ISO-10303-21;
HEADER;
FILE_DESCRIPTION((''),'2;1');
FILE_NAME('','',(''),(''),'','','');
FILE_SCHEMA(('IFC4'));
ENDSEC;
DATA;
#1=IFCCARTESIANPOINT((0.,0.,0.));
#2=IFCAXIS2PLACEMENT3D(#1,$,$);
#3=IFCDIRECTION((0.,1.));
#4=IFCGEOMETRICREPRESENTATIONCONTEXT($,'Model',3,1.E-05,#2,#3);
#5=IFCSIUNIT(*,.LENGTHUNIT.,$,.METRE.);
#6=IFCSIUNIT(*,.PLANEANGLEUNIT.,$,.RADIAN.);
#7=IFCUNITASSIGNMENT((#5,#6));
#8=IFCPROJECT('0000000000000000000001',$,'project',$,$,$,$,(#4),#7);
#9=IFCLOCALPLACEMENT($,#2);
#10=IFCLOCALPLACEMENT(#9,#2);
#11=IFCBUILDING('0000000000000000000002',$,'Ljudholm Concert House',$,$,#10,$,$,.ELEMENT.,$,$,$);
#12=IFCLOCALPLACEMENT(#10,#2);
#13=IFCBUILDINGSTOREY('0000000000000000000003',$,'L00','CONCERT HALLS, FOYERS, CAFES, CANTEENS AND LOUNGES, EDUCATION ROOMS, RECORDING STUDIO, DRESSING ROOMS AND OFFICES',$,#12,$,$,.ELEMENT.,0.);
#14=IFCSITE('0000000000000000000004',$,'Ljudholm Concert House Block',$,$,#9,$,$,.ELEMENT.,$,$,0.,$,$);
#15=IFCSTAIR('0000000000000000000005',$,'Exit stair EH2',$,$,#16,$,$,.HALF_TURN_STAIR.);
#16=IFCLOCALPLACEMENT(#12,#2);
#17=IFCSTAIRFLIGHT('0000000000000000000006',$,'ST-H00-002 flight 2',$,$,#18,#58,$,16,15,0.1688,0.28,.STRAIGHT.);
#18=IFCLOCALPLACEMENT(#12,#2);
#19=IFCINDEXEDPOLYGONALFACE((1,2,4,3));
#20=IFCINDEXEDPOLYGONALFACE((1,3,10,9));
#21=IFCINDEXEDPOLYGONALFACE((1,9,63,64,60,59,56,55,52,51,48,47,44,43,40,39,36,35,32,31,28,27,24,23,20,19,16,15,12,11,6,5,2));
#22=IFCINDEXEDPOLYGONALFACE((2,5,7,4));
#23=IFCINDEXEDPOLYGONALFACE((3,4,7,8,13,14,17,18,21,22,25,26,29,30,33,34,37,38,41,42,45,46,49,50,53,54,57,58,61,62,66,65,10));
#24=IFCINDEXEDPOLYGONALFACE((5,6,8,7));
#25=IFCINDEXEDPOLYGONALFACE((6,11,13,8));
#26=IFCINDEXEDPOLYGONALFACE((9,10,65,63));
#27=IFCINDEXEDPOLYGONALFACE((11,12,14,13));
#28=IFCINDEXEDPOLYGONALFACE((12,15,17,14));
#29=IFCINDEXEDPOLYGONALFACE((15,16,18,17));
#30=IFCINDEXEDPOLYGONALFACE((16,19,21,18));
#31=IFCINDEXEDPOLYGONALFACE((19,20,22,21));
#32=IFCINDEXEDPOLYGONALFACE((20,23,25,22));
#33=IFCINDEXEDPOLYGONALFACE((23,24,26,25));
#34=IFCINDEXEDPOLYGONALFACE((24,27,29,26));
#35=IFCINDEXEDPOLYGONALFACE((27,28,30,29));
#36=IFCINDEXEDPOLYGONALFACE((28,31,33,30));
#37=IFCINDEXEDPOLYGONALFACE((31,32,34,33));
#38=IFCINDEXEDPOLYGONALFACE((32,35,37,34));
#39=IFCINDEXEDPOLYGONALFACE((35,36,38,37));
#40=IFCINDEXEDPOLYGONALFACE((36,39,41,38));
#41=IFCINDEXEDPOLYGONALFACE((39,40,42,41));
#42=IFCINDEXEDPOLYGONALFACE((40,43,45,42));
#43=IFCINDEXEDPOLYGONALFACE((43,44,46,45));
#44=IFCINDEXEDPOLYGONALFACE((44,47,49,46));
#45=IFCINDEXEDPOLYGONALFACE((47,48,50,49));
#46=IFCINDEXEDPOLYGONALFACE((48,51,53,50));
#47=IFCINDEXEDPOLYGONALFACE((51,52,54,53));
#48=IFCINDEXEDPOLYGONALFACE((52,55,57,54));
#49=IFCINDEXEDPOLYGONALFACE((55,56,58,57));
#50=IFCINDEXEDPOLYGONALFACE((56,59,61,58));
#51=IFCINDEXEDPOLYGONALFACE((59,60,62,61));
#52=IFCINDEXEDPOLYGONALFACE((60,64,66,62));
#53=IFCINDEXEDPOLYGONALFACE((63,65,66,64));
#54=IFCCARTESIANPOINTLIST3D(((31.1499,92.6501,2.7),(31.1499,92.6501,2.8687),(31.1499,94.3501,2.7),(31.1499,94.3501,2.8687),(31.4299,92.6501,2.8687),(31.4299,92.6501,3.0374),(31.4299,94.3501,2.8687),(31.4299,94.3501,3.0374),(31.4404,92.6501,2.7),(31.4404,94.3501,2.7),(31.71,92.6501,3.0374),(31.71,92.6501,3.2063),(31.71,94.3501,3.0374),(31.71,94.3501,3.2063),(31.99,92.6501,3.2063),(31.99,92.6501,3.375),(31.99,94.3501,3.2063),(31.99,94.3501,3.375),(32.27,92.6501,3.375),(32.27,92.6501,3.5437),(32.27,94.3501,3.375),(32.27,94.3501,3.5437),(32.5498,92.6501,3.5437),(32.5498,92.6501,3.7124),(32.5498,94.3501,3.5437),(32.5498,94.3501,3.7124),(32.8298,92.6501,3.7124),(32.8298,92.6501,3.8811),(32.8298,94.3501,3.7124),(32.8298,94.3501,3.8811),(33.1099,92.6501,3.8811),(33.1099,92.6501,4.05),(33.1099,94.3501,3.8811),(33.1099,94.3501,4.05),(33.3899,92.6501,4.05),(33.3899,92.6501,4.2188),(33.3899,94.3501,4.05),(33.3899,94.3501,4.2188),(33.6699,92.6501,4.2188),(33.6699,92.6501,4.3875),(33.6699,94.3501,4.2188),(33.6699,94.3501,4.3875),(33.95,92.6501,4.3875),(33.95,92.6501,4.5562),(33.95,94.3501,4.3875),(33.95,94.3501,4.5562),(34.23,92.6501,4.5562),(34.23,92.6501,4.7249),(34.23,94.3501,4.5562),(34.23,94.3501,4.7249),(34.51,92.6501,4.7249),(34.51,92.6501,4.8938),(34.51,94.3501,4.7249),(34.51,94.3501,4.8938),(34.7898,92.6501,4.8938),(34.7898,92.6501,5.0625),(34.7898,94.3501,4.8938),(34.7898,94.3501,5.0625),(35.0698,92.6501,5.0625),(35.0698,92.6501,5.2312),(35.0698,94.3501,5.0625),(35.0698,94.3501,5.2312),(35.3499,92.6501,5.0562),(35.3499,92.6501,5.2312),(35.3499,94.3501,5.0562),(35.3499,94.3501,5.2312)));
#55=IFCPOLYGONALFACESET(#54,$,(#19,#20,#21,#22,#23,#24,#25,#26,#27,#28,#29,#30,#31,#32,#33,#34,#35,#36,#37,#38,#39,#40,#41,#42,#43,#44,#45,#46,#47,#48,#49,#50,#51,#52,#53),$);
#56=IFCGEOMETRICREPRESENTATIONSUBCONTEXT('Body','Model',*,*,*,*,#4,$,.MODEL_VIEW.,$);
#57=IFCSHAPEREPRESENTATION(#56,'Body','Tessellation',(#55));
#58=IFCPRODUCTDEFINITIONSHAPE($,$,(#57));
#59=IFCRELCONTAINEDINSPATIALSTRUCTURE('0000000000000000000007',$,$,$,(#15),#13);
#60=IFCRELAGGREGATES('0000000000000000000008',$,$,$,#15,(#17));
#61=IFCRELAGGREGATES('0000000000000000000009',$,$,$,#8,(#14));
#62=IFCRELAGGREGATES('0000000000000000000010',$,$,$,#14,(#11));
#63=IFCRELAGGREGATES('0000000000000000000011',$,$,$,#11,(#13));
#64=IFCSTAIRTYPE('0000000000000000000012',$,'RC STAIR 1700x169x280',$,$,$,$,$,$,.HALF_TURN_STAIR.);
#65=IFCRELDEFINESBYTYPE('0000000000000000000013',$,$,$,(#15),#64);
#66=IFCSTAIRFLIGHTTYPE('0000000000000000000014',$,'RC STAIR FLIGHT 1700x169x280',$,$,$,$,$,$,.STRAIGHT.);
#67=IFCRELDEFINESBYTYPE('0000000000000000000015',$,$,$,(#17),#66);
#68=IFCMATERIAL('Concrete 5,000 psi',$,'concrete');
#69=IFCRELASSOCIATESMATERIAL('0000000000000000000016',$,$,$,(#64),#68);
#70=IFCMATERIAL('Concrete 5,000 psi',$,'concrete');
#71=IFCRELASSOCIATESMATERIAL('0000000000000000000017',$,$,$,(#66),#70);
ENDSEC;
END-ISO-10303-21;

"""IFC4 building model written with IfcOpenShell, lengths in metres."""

from ifc_helpers import new_model, si_unit, direction, frame, origin, place, context, subcontext, project, spatial, polyline, outline, extrude, material, type_object, element, aggregate, save


model = new_model("IFC4")

# Units and contexts
model_context = context("Model", 3, precision=1e-05, world=origin(), true_north=direction((0.0, 1.0)))
body_context = subcontext(model_context, "Body", "Model", "MODEL_VIEW")
ifc_project = project(units=[si_unit("LENGTHUNIT", "METRE"), si_unit("PLANEANGLEUNIT", "RADIAN")], contexts=[model_context])

# Site, building, storey
site_placement = place(None, origin())
site = spatial("IfcSite", under=ifc_project, at=site_placement, Name="Ljudholm Concert House Block", CompositionType="ELEMENT", RefElevation=0.0)
building_placement = place(site_placement, origin())
building = spatial("IfcBuilding", under=site, at=building_placement, Name="Ljudholm Concert House", CompositionType="ELEMENT")
storey_placement = place(building_placement, origin())
storey = spatial("IfcBuildingStorey", under=building, at=storey_placement, Name="L00", Description="CONCERT HALLS, FOYERS, CAFES, CANTEENS AND LOUNGES, EDUCATION ROOMS, RECORDING STUDIO, DRESSING ROOMS AND OFFICES", CompositionType="ELEMENT", Elevation=0.0)

# Stair, stair flight
ifc_material_1 = material(Name="Concrete 5,000 psi", Category="concrete")
stair_type = type_object("IfcStairType", Name="RC STAIR 1700x169x280", PredefinedType="HALF_TURN_STAIR", material=ifc_material_1)
stair_placement = place(storey_placement, origin())
stair = element("IfcStair", 1, at=stair_placement, inside=storey, type_object=stair_type, Name="Exit stair EH2", PredefinedType="HALF_TURN_STAIR")
ifc_material_2 = material(Name="Concrete 5,000 psi", Category="concrete")
stair_flight_type = type_object("IfcStairFlightType", Name="RC STAIR FLIGHT 1700x169x280", PredefinedType="STRAIGHT", material=ifc_material_2)
stair_flight_1_placement = place(storey_placement, frame((31.1499, 93.5, 2.7), z_axis=(0.0, 0.0, 1.0), x_axis=(1.0, 0.0, 0.0)))
stair_flight_1 = element("IfcStairFlight", 2, at=stair_flight_1_placement, type_object=stair_flight_type, Name="ST-H00-002 flight 2", NumberOfRisers=16, NumberOfTreads=15, PredefinedType="STRAIGHT", RiserHeight=0.1688, TreadLength=0.28, context=body_context, shape_type="SweptSolid", body=[
    extrude(outline(polyline([(0.0, 0.0), (0.0, 0.1687), (0.28, 0.1687), (0.28, 0.3374), (0.5601, 0.3374), (0.5601, 0.5063), (0.8401, 0.5063), (0.8401, 0.675), (1.1201, 0.675), (1.1201, 0.8438), (1.3999, 0.8438), (1.3999, 1.0125), (1.6799, 1.0125), (1.6799, 1.1812), (1.96, 1.1812), (1.96, 1.3501), (2.24, 1.3501), (2.24, 1.5188), (2.52, 1.5188), (2.52, 1.6875), (2.8, 1.6875), (2.8, 1.8562), (3.0801, 1.8562), (3.0801, 2.0249), (3.3601, 2.0249), (3.3601, 2.1938), (3.6399, 2.1938), (3.6399, 2.3625), (3.9199, 2.3625), (3.9199, 2.5312), (4.2, 2.5312), (4.2, 2.7), (4.2, 2.3562), (0.2905, 0.0), (0.0, 0.0)])), frame((0.0, 0.8501, 0.0), z_axis=(0.0, -1.0, 0.0), x_axis=(1.0, 0.0, 0.0)), (0.0, 0.0, 1.0), 1.7),
])
aggregate(stair, [stair_flight_1])

save(model, "model.ifc")
